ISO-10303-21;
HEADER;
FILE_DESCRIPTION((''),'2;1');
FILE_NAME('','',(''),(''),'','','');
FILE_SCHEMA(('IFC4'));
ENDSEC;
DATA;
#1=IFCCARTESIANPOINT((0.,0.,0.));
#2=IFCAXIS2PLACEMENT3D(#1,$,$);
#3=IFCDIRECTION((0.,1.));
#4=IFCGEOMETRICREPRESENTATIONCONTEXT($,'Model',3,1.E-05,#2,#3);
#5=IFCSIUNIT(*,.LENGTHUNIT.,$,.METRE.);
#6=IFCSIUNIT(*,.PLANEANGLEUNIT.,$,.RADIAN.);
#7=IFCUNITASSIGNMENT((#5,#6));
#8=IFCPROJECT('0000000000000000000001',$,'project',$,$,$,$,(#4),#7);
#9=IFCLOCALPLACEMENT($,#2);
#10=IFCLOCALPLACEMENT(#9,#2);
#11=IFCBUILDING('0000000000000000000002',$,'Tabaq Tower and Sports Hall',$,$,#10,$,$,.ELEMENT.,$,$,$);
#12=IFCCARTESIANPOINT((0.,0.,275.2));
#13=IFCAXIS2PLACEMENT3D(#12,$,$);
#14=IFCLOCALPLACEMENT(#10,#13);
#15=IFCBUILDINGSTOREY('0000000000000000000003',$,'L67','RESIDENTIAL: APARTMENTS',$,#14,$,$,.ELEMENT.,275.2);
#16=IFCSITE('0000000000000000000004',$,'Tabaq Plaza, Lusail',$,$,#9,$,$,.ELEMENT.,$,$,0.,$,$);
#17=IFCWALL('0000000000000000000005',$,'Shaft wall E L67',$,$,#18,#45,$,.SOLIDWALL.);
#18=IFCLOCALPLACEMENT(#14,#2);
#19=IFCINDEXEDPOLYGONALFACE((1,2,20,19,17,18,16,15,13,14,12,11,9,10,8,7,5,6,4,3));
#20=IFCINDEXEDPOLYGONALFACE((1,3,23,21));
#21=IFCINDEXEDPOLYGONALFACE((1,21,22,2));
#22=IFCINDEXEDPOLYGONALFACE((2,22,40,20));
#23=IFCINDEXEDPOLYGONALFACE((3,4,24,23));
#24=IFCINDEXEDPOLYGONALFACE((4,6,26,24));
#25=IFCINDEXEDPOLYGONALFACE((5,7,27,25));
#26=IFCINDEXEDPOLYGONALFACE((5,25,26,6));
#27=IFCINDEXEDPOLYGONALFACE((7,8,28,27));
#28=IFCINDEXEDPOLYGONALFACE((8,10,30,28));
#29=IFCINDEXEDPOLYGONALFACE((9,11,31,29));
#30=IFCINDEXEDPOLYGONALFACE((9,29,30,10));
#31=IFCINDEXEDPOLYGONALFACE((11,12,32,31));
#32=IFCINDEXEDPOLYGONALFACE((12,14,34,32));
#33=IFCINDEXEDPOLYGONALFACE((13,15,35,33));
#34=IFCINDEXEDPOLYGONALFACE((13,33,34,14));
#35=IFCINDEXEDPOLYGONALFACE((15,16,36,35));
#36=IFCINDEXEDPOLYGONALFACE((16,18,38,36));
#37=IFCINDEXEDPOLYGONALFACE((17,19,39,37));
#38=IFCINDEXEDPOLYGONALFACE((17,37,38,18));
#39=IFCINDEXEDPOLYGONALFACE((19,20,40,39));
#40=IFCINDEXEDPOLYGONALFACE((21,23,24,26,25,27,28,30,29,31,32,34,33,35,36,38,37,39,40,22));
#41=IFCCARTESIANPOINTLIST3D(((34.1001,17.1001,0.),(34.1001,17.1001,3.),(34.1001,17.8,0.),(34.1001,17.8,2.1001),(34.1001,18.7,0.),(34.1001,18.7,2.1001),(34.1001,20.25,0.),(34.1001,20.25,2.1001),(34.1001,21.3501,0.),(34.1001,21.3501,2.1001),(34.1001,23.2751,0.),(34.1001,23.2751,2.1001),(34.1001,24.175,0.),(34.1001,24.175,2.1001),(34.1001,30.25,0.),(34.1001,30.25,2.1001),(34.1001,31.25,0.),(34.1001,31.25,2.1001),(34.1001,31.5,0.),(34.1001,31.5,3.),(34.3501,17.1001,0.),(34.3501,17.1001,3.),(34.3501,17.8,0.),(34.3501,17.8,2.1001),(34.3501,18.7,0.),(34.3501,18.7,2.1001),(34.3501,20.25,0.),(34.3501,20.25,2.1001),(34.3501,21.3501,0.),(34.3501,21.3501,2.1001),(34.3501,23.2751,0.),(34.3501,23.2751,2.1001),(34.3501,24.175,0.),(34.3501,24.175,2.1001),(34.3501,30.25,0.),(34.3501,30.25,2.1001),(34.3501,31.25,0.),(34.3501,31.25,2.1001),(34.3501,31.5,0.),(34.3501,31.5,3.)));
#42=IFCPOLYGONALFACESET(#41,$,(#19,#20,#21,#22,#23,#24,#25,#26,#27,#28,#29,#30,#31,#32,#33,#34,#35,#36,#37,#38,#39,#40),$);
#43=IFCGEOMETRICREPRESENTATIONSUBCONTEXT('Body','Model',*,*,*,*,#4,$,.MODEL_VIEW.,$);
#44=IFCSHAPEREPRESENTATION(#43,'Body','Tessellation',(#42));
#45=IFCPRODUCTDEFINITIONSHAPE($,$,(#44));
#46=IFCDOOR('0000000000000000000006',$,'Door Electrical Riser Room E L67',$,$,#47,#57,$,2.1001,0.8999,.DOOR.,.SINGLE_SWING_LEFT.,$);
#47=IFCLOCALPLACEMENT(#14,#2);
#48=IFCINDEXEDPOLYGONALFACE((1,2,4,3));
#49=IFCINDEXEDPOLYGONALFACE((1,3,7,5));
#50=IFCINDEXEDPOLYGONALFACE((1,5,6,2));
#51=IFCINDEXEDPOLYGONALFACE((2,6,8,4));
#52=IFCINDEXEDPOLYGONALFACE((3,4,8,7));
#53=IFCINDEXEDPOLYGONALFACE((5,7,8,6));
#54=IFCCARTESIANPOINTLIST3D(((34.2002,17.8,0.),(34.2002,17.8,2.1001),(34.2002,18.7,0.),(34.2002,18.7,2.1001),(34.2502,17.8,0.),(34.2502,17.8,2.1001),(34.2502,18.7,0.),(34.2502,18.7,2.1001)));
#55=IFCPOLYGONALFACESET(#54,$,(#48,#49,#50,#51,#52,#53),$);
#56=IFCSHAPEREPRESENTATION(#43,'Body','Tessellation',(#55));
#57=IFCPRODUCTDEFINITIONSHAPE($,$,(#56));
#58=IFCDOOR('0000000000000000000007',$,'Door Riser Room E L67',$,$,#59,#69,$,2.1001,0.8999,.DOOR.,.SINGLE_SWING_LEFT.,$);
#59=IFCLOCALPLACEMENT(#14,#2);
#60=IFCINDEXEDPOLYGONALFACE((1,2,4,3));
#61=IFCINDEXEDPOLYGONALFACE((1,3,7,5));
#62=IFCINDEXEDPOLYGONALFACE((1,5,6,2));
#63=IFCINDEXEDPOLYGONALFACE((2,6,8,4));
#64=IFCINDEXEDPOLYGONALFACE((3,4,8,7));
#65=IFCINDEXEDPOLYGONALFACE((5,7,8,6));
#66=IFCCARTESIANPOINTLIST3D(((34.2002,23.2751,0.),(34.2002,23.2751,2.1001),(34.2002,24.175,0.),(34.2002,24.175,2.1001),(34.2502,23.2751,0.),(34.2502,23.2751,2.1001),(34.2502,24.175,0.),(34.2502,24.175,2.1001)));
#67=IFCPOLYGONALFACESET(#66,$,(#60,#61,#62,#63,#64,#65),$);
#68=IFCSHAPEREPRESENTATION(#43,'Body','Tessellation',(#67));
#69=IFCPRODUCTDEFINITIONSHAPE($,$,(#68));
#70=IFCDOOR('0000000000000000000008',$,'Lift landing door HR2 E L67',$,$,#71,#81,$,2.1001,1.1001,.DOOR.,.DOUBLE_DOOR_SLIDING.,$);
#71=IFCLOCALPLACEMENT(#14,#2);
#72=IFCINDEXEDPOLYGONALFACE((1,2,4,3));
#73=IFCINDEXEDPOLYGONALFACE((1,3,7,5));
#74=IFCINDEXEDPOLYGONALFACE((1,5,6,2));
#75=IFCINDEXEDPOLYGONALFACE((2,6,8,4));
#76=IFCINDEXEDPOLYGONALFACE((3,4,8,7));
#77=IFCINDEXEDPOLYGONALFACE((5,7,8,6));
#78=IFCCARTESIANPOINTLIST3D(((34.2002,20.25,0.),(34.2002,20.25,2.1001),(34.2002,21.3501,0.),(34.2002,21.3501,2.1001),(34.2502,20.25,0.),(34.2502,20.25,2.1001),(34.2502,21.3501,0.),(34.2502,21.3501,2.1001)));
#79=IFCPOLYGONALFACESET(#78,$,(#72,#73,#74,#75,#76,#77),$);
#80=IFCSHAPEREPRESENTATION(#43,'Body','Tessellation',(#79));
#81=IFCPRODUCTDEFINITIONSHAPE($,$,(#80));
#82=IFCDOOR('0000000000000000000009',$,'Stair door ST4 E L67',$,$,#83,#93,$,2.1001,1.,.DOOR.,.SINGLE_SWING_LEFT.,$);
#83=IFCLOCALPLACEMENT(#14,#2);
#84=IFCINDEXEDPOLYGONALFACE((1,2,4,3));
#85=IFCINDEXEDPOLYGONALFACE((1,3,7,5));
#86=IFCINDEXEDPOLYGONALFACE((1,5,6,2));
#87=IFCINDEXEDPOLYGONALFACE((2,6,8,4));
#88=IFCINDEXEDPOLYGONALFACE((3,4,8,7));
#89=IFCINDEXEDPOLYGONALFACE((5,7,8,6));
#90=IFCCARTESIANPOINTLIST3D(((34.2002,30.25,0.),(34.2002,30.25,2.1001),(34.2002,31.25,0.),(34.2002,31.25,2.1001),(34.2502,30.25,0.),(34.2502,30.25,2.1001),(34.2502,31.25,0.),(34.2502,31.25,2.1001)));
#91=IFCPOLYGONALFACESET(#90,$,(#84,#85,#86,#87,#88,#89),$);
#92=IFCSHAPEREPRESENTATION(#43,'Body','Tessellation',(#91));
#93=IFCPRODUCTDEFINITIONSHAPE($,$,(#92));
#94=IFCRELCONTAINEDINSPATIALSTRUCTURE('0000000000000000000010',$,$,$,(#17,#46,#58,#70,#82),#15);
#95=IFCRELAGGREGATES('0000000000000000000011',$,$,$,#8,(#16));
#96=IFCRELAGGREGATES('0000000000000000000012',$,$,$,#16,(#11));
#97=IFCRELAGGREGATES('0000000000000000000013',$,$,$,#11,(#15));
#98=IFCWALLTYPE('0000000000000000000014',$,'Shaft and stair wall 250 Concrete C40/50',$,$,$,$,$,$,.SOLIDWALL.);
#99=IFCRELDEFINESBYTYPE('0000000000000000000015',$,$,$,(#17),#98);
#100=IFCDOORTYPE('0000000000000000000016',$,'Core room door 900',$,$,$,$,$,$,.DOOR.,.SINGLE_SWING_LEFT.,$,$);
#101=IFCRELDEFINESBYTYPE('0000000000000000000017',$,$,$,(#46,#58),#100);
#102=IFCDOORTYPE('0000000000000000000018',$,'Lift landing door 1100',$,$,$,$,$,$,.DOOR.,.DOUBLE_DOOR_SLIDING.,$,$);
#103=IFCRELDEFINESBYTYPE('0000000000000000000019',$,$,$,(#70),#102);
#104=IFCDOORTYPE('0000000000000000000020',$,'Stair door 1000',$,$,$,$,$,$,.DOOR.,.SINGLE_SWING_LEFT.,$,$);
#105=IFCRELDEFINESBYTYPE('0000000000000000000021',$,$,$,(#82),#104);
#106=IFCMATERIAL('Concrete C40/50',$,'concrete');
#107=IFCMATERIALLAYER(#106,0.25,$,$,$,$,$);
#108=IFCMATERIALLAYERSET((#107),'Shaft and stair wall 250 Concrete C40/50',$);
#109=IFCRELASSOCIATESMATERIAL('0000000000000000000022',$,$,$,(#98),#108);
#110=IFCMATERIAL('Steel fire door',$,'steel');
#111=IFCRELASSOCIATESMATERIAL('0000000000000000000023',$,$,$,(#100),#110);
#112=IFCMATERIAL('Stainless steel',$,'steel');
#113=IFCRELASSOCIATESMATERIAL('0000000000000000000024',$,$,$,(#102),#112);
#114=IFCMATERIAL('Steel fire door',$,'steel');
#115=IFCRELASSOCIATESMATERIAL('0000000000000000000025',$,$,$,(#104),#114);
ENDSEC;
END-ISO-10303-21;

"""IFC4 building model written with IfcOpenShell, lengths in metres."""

from ifc_helpers import new_model, si_unit, direction, frame, frame_2d, origin, place, context, subcontext, project, spatial, rectangle, extrude, material, layer, layer_set, type_object, element, fill, save


model = new_model("IFC4")

# Units and contexts
model_context = context("Model", 3, precision=1e-05, world=origin(), true_north=direction((0.0, 1.0)))
body_context = subcontext(model_context, "Body", "Model", "MODEL_VIEW")
ifc_project = project(units=[si_unit("LENGTHUNIT", "METRE"), si_unit("PLANEANGLEUNIT", "RADIAN")], contexts=[model_context])

# Site, building, storey
site_placement = place(None, origin())
site = spatial("IfcSite", under=ifc_project, at=site_placement, Name="Tabaq Plaza, Lusail", CompositionType="ELEMENT", RefElevation=0.0)
building_placement = place(site_placement, origin())
building = spatial("IfcBuilding", under=site, at=building_placement, Name="Tabaq Tower and Sports Hall", CompositionType="ELEMENT")
storey_placement = place(building_placement, frame((0.0, 0.0, 275.2)))
storey = spatial("IfcBuildingStorey", under=building, at=storey_placement, Name="L67", Description="RESIDENTIAL: APARTMENTS", CompositionType="ELEMENT", Elevation=275.2)

# Wall, openings, doors
ifc_material_1 = material(Name="Concrete C40/50", Category="concrete")
ifc_layer_1 = layer(ifc_material_1, 0.25)
ifc_layer_set_1 = layer_set([ifc_layer_1], Name="Shaft and stair wall 250 Concrete C40/50")
wall_type_1 = type_object("IfcWallType", Name="Shaft and stair wall 250 Concrete C40/50", PredefinedType="SOLIDWALL", material=ifc_layer_set_1)
wall_1_placement = place(storey_placement, frame((34.2251, 17.1001, 0.0), z_axis=(0.0, 0.0, 1.0), x_axis=(0.0, 1.0, 0.0)))
wall_1 = element("IfcWall", 1, at=wall_1_placement, inside=storey, type_object=wall_type_1, Name="Shaft wall E L67", PredefinedType="SOLIDWALL", context=body_context, shape_type="SweptSolid", body=[
    extrude(rectangle(XDim=14.3999, YDim=0.25, at=frame_2d((7.2, 0.0))), origin(), (0.0, 0.0, 1.0), 3.0),
])
opening_1_placement = place(wall_1_placement, frame((13.1499, 0.0, 0.0)))
opening_1 = element("IfcOpeningElement", 2, at=opening_1_placement, cuts=wall_1, PredefinedType="OPENING", context=body_context, shape_type="SweptSolid", body=[
    extrude(rectangle(XDim=1.0, YDim=2.1001, at=frame_2d((0.5, 1.05))), frame((0.0, 0.125, 0.0), z_axis=(0.0, -1.0, 0.0), x_axis=(1.0, 0.0, 0.0)), (0.0, 0.0, 1.0), 0.25),
])
opening_2_placement = place(wall_1_placement, frame((3.1499, 0.0, 0.0)))
opening_2 = element("IfcOpeningElement", 3, at=opening_2_placement, cuts=wall_1, PredefinedType="OPENING", context=body_context, shape_type="SweptSolid", body=[
    extrude(rectangle(XDim=1.1001, YDim=2.1001, at=frame_2d((0.55, 1.05))), frame((0.0, 0.125, 0.0), z_axis=(0.0, -1.0, 0.0), x_axis=(1.0, 0.0, 0.0)), (0.0, 0.0, 1.0), 0.25),
])
opening_3_placement = place(wall_1_placement, frame((0.7, 0.0, 0.0)))
opening_3 = element("IfcOpeningElement", 4, at=opening_3_placement, cuts=wall_1, PredefinedType="OPENING", context=body_context, shape_type="SweptSolid", body=[
    extrude(rectangle(XDim=0.8999, YDim=2.1001, at=frame_2d((0.45, 1.05))), frame((0.0, 0.125, 0.0), z_axis=(0.0, -1.0, 0.0), x_axis=(1.0, 0.0, 0.0)), (0.0, 0.0, 1.0), 0.25),
])
opening_4_placement = place(wall_1_placement, frame((6.175, 0.0, 0.0)))
opening_4 = element("IfcOpeningElement", 5, at=opening_4_placement, cuts=wall_1, PredefinedType="OPENING", context=body_context, shape_type="SweptSolid", body=[
    extrude(rectangle(XDim=0.8999, YDim=2.1001, at=frame_2d((0.45, 1.05))), frame((0.0, 0.125, 0.0), z_axis=(0.0, -1.0, 0.0), x_axis=(1.0, 0.0, 0.0)), (0.0, 0.0, 1.0), 0.25),
])
ifc_material_2 = material(Name="Steel fire door", Category="steel")
door_type_1 = type_object("IfcDoorType", Name="Core room door 900", OperationType="SINGLE_SWING_LEFT", PredefinedType="DOOR", material=ifc_material_2)
door_1_placement = place(opening_3_placement, origin())
door_1 = element("IfcDoor", 6, at=door_1_placement, inside=storey, type_object=door_type_1, Name="Door Electrical Riser Room E L67", OperationType="SINGLE_SWING_LEFT", OverallHeight=2.1001, OverallWidth=0.8999, PredefinedType="DOOR", context=body_context, shape_type="SweptSolid", body=[
    extrude(rectangle(XDim=0.8999, YDim=2.1001, at=frame_2d((0.45, 1.05))), frame((0.0, 0.0249, 0.0), z_axis=(0.0, -1.0, 0.0), x_axis=(1.0, 0.0, 0.0)), (0.0, 0.0, 1.0), 0.05),
])
fill(opening_3, door_1)
door_2_placement = place(opening_4_placement, origin())
door_2 = element("IfcDoor", 7, at=door_2_placement, inside=storey, type_object=door_type_1, Name="Door Riser Room E L67", OperationType="SINGLE_SWING_LEFT", OverallHeight=2.1001, OverallWidth=0.8999, PredefinedType="DOOR", context=body_context, shape_type="SweptSolid", body=[
    extrude(rectangle(XDim=0.8999, YDim=2.1001, at=frame_2d((0.45, 1.05))), frame((0.0, 0.0249, 0.0), z_axis=(0.0, -1.0, 0.0), x_axis=(1.0, 0.0, 0.0)), (0.0, 0.0, 1.0), 0.05),
])
fill(opening_4, door_2)
ifc_material_3 = material(Name="Stainless steel", Category="steel")
door_type_2 = type_object("IfcDoorType", Name="Lift landing door 1100", OperationType="DOUBLE_DOOR_SLIDING", PredefinedType="DOOR", material=ifc_material_3)
door_3_placement = place(opening_2_placement, origin())
door_3 = element("IfcDoor", 8, at=door_3_placement, inside=storey, type_object=door_type_2, Name="Lift landing door HR2 E L67", OperationType="DOUBLE_DOOR_SLIDING", OverallHeight=2.1001, OverallWidth=1.1001, PredefinedType="DOOR", context=body_context, shape_type="SweptSolid", body=[
    extrude(rectangle(XDim=1.1001, YDim=2.1001, at=frame_2d((0.55, 1.05))), frame((0.0, 0.0249, 0.0), z_axis=(0.0, -1.0, 0.0), x_axis=(1.0, 0.0, 0.0)), (0.0, 0.0, 1.0), 0.05),
])
fill(opening_2, door_3)
ifc_material_4 = material(Name="Steel fire door", Category="steel")
door_type_3 = type_object("IfcDoorType", Name="Stair door 1000", OperationType="SINGLE_SWING_LEFT", PredefinedType="DOOR", material=ifc_material_4)
door_4_placement = place(opening_1_placement, origin())
door_4 = element("IfcDoor", 9, at=door_4_placement, inside=storey, type_object=door_type_3, Name="Stair door ST4 E L67", OperationType="SINGLE_SWING_LEFT", OverallHeight=2.1001, OverallWidth=1.0, PredefinedType="DOOR", context=body_context, shape_type="SweptSolid", body=[
    extrude(rectangle(XDim=1.0, YDim=2.1001, at=frame_2d((0.5, 1.05))), frame((0.0, 0.0249, 0.0), z_axis=(0.0, -1.0, 0.0), x_axis=(1.0, 0.0, 0.0)), (0.0, 0.0, 1.0), 0.05),
])
fill(opening_1, door_4)

save(model, "model.ifc")
